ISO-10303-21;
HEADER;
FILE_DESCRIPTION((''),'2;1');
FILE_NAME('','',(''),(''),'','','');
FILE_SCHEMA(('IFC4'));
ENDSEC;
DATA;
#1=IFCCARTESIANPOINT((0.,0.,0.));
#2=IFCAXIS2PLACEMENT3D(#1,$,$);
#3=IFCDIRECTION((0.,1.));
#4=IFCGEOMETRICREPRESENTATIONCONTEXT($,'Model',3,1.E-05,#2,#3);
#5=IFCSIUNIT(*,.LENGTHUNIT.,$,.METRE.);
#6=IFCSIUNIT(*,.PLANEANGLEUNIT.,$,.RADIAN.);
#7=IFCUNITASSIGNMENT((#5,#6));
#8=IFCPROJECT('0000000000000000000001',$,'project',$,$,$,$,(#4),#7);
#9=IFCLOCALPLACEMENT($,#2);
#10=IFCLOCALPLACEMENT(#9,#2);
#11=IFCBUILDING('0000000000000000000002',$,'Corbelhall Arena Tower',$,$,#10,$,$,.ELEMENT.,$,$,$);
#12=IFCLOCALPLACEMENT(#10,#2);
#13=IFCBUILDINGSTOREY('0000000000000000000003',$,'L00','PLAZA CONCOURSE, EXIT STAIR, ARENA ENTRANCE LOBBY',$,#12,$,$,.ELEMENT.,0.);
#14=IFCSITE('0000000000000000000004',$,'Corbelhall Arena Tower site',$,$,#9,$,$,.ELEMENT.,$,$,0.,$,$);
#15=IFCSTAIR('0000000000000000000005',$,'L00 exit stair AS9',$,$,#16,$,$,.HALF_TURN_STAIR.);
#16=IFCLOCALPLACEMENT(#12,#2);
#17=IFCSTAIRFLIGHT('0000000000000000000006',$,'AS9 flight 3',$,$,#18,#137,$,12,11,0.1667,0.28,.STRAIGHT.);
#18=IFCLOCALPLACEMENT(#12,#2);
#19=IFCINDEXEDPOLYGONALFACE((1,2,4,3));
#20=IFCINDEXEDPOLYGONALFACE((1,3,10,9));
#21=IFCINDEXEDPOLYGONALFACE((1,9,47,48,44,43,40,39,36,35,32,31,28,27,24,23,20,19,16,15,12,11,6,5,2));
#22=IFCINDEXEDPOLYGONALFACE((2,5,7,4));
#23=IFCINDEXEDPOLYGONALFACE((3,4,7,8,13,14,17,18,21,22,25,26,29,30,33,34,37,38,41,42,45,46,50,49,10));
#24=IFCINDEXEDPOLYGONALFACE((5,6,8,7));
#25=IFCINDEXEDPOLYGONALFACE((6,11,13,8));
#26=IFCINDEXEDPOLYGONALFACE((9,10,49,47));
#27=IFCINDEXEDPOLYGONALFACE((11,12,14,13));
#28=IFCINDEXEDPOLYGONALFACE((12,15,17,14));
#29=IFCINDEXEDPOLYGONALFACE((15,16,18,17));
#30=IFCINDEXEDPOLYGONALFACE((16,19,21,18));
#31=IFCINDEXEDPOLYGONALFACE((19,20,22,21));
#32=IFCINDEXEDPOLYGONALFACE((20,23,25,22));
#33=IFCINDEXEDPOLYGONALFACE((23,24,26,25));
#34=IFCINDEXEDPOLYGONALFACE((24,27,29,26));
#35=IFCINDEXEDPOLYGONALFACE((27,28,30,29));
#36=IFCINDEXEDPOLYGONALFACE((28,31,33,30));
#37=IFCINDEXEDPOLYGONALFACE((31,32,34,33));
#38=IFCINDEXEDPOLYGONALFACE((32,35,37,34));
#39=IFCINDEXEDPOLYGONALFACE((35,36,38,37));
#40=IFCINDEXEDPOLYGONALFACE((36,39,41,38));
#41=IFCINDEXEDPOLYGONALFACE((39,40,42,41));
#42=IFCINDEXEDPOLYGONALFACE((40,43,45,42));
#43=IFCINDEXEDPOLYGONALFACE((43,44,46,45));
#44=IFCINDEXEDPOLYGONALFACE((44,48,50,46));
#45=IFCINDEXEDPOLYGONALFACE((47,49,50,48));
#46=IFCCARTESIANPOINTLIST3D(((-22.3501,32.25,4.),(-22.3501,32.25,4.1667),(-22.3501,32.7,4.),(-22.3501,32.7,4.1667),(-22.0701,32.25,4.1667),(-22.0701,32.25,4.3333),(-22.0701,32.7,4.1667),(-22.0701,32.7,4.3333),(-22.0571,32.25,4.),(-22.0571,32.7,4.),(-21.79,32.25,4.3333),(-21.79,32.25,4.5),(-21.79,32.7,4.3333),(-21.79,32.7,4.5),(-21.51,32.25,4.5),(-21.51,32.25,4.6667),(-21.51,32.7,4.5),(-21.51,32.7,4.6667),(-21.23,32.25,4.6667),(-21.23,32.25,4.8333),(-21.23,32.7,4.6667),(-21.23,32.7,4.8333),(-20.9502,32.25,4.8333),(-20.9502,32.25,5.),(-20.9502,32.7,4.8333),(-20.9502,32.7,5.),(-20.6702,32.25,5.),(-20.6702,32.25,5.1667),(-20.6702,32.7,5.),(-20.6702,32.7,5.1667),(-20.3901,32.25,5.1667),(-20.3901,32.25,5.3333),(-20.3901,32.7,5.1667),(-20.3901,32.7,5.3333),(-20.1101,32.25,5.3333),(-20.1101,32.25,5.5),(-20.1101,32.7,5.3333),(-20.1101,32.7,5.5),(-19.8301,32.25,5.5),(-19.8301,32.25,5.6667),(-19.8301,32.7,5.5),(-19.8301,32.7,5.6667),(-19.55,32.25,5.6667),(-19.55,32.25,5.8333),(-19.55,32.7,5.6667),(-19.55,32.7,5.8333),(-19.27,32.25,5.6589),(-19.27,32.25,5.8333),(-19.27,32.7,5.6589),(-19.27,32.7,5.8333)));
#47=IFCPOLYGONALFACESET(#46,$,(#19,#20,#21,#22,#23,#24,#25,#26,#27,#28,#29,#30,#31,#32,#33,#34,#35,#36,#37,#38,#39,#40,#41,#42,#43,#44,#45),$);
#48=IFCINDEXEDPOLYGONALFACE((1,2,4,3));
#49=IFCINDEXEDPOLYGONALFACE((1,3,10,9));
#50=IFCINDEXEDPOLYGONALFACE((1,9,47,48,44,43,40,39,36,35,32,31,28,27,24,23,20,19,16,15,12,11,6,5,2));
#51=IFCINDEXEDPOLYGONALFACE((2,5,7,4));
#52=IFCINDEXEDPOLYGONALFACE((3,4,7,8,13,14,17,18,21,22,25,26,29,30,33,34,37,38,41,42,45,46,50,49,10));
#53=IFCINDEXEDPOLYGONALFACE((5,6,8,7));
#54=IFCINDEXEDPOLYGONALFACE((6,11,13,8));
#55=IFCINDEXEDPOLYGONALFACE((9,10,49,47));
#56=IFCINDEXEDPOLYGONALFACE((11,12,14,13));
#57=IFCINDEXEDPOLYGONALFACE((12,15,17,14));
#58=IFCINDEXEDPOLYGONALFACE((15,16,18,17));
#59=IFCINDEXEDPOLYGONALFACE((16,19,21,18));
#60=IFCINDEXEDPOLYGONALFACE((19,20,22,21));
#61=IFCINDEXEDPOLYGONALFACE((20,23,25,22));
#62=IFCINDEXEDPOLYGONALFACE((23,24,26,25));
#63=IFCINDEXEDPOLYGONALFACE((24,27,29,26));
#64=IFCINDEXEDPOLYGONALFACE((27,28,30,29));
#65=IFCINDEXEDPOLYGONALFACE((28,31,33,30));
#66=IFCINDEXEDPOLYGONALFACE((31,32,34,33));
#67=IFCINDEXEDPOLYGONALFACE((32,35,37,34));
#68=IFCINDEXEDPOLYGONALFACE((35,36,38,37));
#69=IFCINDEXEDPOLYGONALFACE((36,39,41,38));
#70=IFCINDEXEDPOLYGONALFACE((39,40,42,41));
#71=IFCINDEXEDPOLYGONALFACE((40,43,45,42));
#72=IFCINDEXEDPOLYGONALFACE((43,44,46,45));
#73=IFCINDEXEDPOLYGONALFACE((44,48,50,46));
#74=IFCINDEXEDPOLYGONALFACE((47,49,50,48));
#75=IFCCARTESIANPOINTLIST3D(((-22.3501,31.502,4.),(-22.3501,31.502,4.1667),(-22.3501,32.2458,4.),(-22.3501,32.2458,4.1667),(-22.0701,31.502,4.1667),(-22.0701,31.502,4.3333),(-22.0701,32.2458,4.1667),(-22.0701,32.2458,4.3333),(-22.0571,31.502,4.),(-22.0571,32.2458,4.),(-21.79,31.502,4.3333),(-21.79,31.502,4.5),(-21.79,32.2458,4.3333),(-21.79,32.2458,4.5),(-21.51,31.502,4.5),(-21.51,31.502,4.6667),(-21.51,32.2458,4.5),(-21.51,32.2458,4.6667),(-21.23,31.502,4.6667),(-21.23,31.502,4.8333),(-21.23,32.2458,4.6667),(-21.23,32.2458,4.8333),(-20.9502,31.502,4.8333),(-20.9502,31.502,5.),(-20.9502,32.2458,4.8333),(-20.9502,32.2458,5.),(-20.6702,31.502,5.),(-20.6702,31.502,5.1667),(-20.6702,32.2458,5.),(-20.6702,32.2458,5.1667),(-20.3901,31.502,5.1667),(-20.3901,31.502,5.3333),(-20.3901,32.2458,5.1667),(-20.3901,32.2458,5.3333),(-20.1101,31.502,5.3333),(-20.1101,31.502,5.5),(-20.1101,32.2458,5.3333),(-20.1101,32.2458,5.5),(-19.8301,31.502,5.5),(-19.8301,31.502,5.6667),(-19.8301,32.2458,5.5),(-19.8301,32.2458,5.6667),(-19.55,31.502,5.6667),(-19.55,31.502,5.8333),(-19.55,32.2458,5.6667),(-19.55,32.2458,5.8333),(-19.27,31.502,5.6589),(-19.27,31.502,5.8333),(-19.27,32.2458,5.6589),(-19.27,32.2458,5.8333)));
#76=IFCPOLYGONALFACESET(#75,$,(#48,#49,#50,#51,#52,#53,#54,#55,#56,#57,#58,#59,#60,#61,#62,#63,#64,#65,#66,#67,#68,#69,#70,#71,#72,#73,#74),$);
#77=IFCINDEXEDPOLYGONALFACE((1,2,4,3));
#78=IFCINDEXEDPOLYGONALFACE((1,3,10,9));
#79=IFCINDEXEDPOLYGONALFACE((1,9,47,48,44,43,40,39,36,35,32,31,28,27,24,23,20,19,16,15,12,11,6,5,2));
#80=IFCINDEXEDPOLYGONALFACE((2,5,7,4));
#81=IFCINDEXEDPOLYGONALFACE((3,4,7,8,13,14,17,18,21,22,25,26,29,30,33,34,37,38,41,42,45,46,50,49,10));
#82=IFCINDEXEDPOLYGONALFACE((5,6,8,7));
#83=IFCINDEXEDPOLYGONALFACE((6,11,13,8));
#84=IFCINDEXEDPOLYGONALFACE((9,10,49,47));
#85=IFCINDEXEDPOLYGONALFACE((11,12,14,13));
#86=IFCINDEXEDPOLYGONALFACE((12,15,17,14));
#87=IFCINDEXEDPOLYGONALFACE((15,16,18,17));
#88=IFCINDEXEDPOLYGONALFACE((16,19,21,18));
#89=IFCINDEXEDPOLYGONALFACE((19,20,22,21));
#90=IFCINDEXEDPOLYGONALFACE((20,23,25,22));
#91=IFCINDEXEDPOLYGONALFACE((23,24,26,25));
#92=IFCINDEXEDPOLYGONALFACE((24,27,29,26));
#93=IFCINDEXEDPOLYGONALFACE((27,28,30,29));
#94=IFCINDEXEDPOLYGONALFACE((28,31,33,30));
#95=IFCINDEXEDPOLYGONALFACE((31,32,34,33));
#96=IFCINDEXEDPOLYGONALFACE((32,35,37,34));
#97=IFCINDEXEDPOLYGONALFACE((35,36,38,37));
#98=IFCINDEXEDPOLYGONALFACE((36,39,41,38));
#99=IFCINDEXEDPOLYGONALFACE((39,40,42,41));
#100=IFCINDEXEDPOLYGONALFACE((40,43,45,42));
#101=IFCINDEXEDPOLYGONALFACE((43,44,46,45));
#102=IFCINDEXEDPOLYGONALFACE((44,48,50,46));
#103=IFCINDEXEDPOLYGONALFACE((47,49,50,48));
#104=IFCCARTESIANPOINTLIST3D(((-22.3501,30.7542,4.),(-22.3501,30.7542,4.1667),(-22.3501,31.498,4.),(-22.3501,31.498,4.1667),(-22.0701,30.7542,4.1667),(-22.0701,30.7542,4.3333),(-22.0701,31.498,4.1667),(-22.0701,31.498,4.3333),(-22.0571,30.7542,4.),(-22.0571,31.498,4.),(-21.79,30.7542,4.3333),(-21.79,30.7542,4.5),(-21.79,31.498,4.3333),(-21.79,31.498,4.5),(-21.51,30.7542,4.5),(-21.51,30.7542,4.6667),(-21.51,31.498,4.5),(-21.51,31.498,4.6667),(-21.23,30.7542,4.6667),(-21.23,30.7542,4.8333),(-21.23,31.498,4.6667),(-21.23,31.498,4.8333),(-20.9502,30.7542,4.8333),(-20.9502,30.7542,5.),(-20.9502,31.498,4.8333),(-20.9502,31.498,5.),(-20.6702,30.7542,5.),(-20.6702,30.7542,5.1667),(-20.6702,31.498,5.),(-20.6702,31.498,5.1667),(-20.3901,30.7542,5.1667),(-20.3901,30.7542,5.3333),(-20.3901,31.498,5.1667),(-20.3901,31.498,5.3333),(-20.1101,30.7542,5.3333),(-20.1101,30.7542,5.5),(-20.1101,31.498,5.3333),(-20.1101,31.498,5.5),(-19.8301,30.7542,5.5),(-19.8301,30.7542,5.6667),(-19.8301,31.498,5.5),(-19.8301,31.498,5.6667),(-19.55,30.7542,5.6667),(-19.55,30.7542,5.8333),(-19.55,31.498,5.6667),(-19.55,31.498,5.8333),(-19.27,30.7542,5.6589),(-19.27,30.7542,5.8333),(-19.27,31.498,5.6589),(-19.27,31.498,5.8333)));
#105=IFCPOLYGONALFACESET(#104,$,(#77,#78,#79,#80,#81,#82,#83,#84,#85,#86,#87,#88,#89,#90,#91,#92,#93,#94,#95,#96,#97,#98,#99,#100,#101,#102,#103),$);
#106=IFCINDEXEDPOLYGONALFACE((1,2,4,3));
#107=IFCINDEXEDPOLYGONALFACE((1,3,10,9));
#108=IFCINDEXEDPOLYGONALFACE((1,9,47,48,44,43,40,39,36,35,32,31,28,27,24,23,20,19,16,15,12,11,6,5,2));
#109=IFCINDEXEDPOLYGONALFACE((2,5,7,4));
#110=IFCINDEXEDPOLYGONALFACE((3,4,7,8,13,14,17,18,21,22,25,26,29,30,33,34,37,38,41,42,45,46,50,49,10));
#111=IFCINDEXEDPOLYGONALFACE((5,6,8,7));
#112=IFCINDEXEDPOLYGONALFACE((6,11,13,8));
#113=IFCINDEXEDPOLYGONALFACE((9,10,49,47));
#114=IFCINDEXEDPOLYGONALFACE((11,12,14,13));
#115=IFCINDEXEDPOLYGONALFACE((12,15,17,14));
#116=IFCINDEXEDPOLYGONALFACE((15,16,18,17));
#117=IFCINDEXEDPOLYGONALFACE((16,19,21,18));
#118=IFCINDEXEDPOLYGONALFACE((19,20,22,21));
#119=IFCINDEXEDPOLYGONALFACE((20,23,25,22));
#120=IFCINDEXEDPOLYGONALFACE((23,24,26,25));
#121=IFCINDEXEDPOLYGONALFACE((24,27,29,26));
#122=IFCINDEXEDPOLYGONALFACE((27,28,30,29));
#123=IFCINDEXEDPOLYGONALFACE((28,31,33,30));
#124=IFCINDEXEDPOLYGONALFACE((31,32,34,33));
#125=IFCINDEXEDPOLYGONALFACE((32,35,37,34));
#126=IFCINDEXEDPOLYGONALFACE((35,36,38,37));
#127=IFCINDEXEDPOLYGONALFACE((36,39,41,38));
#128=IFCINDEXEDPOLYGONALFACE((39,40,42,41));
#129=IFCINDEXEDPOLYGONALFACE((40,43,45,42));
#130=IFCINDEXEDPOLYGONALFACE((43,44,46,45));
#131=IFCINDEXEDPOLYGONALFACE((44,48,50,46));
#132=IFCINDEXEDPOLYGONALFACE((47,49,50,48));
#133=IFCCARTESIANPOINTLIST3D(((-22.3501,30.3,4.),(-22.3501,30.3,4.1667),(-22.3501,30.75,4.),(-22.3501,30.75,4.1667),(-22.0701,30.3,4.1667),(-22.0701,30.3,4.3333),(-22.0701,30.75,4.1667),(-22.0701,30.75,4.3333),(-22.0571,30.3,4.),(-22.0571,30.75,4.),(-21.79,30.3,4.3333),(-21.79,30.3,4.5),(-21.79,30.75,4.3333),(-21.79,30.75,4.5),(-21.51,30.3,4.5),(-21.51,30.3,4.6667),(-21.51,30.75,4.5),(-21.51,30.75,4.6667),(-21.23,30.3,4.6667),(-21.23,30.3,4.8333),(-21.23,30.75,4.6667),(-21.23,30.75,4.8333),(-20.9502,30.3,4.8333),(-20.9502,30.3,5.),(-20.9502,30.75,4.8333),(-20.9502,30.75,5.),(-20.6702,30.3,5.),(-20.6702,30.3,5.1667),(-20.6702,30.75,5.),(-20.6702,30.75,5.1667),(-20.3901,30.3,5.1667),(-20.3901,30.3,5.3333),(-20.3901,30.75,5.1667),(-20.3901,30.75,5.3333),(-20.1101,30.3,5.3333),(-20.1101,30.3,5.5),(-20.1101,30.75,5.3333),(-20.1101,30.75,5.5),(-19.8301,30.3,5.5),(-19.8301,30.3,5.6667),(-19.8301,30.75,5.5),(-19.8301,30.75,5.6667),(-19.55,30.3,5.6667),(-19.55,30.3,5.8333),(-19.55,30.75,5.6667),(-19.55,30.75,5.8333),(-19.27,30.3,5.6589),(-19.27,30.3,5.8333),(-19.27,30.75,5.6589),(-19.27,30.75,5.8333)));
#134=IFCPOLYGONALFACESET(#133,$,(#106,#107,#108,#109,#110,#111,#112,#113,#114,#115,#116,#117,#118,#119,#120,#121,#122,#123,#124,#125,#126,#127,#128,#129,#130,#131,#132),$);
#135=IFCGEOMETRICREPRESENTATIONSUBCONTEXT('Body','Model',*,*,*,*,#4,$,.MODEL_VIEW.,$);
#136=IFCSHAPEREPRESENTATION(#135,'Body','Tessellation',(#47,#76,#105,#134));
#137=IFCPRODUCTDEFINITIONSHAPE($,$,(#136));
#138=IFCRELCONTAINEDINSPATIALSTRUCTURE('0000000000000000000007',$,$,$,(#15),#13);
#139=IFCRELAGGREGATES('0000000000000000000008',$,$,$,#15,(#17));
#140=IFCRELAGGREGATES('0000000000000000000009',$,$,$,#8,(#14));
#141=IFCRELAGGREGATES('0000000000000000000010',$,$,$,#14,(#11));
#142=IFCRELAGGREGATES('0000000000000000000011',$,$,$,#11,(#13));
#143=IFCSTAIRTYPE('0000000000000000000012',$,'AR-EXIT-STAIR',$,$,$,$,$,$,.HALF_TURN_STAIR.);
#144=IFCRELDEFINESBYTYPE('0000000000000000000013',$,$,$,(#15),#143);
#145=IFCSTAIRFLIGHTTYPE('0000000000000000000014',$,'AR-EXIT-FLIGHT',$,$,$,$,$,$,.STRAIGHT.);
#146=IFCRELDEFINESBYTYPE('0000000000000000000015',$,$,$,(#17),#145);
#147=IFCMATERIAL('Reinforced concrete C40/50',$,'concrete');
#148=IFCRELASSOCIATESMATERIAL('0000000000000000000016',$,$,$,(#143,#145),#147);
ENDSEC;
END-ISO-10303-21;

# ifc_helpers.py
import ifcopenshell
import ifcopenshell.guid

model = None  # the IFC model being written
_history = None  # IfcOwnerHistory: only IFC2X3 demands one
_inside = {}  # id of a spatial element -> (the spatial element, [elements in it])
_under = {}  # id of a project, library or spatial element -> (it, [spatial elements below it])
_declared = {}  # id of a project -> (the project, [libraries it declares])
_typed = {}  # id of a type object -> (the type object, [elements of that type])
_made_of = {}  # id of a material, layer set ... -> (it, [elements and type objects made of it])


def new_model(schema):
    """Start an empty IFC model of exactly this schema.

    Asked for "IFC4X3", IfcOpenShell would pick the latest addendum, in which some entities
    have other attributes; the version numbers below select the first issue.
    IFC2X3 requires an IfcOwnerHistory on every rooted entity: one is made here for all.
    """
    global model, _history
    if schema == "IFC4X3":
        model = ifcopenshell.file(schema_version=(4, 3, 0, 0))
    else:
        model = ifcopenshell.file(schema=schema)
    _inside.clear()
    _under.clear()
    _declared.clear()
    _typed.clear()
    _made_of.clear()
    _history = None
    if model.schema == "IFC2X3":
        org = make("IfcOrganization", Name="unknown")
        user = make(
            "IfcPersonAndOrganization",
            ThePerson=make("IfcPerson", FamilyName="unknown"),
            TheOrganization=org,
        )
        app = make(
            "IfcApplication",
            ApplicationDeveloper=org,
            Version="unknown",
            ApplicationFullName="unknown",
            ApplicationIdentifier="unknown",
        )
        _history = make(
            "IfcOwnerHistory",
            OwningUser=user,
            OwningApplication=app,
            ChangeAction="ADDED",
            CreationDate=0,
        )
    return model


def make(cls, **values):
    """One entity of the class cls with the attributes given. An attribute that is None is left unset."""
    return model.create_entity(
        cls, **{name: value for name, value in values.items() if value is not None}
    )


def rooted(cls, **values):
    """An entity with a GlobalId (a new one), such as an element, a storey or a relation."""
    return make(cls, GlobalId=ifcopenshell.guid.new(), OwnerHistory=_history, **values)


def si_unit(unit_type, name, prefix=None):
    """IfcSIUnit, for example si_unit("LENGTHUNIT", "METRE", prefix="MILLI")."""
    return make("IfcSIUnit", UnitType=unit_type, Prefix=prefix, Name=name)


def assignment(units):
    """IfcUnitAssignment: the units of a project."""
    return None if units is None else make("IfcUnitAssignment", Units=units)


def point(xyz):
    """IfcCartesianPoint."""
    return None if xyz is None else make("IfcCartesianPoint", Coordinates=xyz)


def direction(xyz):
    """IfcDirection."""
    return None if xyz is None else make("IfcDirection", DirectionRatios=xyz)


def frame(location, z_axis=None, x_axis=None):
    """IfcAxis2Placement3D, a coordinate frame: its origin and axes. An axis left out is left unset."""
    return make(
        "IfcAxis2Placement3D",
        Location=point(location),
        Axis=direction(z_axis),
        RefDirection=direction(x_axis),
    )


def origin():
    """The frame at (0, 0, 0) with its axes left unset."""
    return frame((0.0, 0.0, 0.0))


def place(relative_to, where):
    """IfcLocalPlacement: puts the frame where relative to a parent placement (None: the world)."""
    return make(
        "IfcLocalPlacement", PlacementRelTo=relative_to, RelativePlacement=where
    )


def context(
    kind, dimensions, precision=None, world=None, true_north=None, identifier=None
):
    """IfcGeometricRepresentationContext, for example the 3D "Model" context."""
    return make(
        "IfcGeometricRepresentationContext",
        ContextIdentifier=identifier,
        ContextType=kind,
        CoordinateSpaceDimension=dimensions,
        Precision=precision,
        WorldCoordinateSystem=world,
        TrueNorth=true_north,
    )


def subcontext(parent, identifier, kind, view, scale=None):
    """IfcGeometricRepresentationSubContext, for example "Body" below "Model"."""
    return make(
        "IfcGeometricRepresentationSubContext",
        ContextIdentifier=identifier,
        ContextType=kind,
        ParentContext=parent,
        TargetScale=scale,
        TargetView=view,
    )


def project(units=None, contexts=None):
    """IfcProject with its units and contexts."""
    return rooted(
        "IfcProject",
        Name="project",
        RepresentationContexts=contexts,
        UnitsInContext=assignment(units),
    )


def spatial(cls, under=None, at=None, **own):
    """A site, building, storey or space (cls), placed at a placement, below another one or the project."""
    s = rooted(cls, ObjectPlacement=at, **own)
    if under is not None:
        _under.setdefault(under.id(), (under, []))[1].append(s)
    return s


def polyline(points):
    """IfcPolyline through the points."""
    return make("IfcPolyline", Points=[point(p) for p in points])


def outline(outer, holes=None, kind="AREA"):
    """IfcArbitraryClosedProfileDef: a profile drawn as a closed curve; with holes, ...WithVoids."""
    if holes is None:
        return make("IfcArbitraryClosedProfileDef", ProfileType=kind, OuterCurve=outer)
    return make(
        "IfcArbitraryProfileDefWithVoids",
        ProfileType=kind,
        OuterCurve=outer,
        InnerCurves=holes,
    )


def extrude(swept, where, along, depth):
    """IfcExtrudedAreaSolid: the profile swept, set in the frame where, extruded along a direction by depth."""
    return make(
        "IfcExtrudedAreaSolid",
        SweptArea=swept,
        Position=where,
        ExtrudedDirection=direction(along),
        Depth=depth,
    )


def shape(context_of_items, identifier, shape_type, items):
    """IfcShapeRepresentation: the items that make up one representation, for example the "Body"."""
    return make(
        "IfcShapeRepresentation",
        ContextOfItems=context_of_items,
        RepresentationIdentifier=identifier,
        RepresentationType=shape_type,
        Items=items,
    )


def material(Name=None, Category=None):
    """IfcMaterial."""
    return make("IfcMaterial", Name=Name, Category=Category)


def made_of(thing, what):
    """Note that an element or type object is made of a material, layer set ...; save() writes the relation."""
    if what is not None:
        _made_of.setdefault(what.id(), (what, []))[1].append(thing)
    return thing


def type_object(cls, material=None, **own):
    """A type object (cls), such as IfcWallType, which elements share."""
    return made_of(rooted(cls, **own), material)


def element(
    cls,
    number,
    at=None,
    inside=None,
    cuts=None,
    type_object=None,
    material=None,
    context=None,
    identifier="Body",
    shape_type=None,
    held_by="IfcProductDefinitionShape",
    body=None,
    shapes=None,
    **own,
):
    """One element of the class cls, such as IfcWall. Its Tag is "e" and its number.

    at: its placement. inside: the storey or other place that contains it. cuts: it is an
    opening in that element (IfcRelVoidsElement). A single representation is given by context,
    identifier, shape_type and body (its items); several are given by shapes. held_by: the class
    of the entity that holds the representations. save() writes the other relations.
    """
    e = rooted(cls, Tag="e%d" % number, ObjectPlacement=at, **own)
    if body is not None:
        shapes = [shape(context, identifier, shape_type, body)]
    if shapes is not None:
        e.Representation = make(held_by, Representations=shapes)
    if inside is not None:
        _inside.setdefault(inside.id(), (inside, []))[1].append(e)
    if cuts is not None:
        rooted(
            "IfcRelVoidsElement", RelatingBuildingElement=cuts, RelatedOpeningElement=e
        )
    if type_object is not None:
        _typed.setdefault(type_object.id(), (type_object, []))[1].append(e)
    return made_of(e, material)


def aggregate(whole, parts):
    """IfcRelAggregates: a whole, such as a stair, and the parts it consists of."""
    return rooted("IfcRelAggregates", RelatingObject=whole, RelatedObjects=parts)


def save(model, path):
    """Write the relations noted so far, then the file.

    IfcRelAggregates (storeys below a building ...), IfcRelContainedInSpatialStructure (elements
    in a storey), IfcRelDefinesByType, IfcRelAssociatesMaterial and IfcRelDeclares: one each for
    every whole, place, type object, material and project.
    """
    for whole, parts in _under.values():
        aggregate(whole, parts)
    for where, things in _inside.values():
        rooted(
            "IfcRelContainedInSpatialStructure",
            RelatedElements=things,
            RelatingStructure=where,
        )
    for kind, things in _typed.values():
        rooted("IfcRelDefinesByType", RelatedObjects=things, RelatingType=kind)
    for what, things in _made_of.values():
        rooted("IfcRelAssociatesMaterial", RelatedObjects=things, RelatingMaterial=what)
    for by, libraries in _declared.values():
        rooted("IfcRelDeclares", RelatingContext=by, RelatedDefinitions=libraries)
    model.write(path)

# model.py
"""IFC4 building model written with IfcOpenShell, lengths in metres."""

from ifc_helpers import new_model, si_unit, direction, frame, origin, place, context, subcontext, project, spatial, polyline, outline, extrude, material, type_object, element, aggregate, save


model = new_model("IFC4")

# Units and contexts
model_context = context("Model", 3, precision=1e-05, world=origin(), true_north=direction((0.0, 1.0)))
body_context = subcontext(model_context, "Body", "Model", "MODEL_VIEW")
ifc_project = project(units=[si_unit("LENGTHUNIT", "METRE"), si_unit("PLANEANGLEUNIT", "RADIAN")], contexts=[model_context])

# Site, building, storey
site_placement = place(None, origin())
site = spatial("IfcSite", under=ifc_project, at=site_placement, Name="Corbelhall Arena Tower site", CompositionType="ELEMENT", RefElevation=0.0)
building_placement = place(site_placement, origin())
building = spatial("IfcBuilding", under=site, at=building_placement, Name="Corbelhall Arena Tower", CompositionType="ELEMENT")
storey_placement = place(building_placement, origin())
storey = spatial("IfcBuildingStorey", under=building, at=storey_placement, Name="L00", Description="PLAZA CONCOURSE, EXIT STAIR, ARENA ENTRANCE LOBBY", CompositionType="ELEMENT", Elevation=0.0)

# Shared definitions
ifc_material_1 = material(Name="Reinforced concrete C40/50", Category="concrete")

# Stair, stair flight
stair_type = type_object("IfcStairType", Name="AR-EXIT-STAIR", PredefinedType="HALF_TURN_STAIR", material=ifc_material_1)
stair_placement = place(storey_placement, origin())
stair = element("IfcStair", 1, at=stair_placement, inside=storey, type_object=stair_type, Name="L00 exit stair AS9", PredefinedType="HALF_TURN_STAIR")
stair_flight_type = type_object("IfcStairFlightType", Name="AR-EXIT-FLIGHT", PredefinedType="STRAIGHT", material=ifc_material_1)
stair_flight_1_placement = place(storey_placement, frame((-22.3501, 31.5, 4.0), z_axis=(0.0, 0.0, 1.0), x_axis=(1.0, 0.0, 0.0)))
stair_flight_1 = element("IfcStairFlight", 2, at=stair_flight_1_placement, type_object=stair_flight_type, Name="AS9 flight 3", NumberOfRisers=12, NumberOfTreads=11, PredefinedType="STRAIGHT", RiserHeight=0.1667, TreadLength=0.28, context=body_context, shape_type="SweptSolid", body=[
    extrude(outline(polyline([(0.0, 0.0), (0.0, 0.1667), (0.28, 0.1667), (0.28, 0.3333), (0.5601, 0.3333), (0.5601, 0.5), (0.8401, 0.5), (0.8401, 0.6667), (1.1201, 0.6667), (1.1201, 0.8333), (1.3999, 0.8333), (1.3999, 1.0), (1.6799, 1.0), (1.6799, 1.1667), (1.96, 1.1667), (1.96, 1.3333), (2.24, 1.3333), (2.24, 1.5), (2.52, 1.5), (2.52, 1.6667), (2.8, 1.6667), (2.8, 1.8333), (3.0801, 1.8333), (3.0801, 2.0), (3.0801, 1.6589), (0.293, 0.0), (0.0, 0.0)])), frame((0.0, 1.2, 0.0), z_axis=(0.0, -1.0, 0.0), x_axis=(1.0, 0.0, 0.0)), (0.0, 0.0, 1.0), 0.45),
    extrude(outline(polyline([(0.0, 0.0), (0.0, 0.1667), (0.28, 0.1667), (0.28, 0.3333), (0.5601, 0.3333), (0.5601, 0.5), (0.8401, 0.5), (0.8401, 0.6667), (1.1201, 0.6667), (1.1201, 0.8333), (1.3999, 0.8333), (1.3999, 1.0), (1.6799, 1.0), (1.6799, 1.1667), (1.96, 1.1667), (1.96, 1.3333), (2.24, 1.3333), (2.24, 1.5), (2.52, 1.5), (2.52, 1.6667), (2.8, 1.6667), (2.8, 1.8333), (3.0801, 1.8333), (3.0801, 2.0), (3.0801, 1.6589), (0.293, 0.0), (0.0, 0.0)])), frame((0.0, 0.7458, 0.0), z_axis=(0.0, -1.0, 0.0), x_axis=(1.0, 0.0, 0.0)), (0.0, 0.0, 1.0), 0.7439),
    extrude(outline(polyline([(0.0, 0.0), (0.0, 0.1667), (0.28, 0.1667), (0.28, 0.3333), (0.5601, 0.3333), (0.5601, 0.5), (0.8401, 0.5), (0.8401, 0.6667), (1.1201, 0.6667), (1.1201, 0.8333), (1.3999, 0.8333), (1.3999, 1.0), (1.6799, 1.0), (1.6799, 1.1667), (1.96, 1.1667), (1.96, 1.3333), (2.24, 1.3333), (2.24, 1.5), (2.52, 1.5), (2.52, 1.6667), (2.8, 1.6667), (2.8, 1.8333), (3.0801, 1.8333), (3.0801, 2.0), (3.0801, 1.6589), (0.293, 0.0), (0.0, 0.0)])), frame((0.0, -0.002, 0.0), z_axis=(0.0, -1.0, 0.0), x_axis=(1.0, 0.0, 0.0)), (0.0, 0.0, 1.0), 0.7439),
    extrude(outline(polyline([(0.0, 0.0), (0.0, 0.1667), (0.28, 0.1667), (0.28, 0.3333), (0.5601, 0.3333), (0.5601, 0.5), (0.8401, 0.5), (0.8401, 0.6667), (1.1201, 0.6667), (1.1201, 0.8333), (1.3999, 0.8333), (1.3999, 1.0), (1.6799, 1.0), (1.6799, 1.1667), (1.96, 1.1667), (1.96, 1.3333), (2.24, 1.3333), (2.24, 1.5), (2.52, 1.5), (2.52, 1.6667), (2.8, 1.6667), (2.8, 1.8333), (3.0801, 1.8333), (3.0801, 2.0), (3.0801, 1.6589), (0.293, 0.0), (0.0, 0.0)])), frame((0.0, -0.75, 0.0), z_axis=(0.0, -1.0, 0.0), x_axis=(1.0, 0.0, 0.0)), (0.0, 0.0, 1.0), 0.45),
])
aggregate(stair, [stair_flight_1])

save(model, "model.ifc")
